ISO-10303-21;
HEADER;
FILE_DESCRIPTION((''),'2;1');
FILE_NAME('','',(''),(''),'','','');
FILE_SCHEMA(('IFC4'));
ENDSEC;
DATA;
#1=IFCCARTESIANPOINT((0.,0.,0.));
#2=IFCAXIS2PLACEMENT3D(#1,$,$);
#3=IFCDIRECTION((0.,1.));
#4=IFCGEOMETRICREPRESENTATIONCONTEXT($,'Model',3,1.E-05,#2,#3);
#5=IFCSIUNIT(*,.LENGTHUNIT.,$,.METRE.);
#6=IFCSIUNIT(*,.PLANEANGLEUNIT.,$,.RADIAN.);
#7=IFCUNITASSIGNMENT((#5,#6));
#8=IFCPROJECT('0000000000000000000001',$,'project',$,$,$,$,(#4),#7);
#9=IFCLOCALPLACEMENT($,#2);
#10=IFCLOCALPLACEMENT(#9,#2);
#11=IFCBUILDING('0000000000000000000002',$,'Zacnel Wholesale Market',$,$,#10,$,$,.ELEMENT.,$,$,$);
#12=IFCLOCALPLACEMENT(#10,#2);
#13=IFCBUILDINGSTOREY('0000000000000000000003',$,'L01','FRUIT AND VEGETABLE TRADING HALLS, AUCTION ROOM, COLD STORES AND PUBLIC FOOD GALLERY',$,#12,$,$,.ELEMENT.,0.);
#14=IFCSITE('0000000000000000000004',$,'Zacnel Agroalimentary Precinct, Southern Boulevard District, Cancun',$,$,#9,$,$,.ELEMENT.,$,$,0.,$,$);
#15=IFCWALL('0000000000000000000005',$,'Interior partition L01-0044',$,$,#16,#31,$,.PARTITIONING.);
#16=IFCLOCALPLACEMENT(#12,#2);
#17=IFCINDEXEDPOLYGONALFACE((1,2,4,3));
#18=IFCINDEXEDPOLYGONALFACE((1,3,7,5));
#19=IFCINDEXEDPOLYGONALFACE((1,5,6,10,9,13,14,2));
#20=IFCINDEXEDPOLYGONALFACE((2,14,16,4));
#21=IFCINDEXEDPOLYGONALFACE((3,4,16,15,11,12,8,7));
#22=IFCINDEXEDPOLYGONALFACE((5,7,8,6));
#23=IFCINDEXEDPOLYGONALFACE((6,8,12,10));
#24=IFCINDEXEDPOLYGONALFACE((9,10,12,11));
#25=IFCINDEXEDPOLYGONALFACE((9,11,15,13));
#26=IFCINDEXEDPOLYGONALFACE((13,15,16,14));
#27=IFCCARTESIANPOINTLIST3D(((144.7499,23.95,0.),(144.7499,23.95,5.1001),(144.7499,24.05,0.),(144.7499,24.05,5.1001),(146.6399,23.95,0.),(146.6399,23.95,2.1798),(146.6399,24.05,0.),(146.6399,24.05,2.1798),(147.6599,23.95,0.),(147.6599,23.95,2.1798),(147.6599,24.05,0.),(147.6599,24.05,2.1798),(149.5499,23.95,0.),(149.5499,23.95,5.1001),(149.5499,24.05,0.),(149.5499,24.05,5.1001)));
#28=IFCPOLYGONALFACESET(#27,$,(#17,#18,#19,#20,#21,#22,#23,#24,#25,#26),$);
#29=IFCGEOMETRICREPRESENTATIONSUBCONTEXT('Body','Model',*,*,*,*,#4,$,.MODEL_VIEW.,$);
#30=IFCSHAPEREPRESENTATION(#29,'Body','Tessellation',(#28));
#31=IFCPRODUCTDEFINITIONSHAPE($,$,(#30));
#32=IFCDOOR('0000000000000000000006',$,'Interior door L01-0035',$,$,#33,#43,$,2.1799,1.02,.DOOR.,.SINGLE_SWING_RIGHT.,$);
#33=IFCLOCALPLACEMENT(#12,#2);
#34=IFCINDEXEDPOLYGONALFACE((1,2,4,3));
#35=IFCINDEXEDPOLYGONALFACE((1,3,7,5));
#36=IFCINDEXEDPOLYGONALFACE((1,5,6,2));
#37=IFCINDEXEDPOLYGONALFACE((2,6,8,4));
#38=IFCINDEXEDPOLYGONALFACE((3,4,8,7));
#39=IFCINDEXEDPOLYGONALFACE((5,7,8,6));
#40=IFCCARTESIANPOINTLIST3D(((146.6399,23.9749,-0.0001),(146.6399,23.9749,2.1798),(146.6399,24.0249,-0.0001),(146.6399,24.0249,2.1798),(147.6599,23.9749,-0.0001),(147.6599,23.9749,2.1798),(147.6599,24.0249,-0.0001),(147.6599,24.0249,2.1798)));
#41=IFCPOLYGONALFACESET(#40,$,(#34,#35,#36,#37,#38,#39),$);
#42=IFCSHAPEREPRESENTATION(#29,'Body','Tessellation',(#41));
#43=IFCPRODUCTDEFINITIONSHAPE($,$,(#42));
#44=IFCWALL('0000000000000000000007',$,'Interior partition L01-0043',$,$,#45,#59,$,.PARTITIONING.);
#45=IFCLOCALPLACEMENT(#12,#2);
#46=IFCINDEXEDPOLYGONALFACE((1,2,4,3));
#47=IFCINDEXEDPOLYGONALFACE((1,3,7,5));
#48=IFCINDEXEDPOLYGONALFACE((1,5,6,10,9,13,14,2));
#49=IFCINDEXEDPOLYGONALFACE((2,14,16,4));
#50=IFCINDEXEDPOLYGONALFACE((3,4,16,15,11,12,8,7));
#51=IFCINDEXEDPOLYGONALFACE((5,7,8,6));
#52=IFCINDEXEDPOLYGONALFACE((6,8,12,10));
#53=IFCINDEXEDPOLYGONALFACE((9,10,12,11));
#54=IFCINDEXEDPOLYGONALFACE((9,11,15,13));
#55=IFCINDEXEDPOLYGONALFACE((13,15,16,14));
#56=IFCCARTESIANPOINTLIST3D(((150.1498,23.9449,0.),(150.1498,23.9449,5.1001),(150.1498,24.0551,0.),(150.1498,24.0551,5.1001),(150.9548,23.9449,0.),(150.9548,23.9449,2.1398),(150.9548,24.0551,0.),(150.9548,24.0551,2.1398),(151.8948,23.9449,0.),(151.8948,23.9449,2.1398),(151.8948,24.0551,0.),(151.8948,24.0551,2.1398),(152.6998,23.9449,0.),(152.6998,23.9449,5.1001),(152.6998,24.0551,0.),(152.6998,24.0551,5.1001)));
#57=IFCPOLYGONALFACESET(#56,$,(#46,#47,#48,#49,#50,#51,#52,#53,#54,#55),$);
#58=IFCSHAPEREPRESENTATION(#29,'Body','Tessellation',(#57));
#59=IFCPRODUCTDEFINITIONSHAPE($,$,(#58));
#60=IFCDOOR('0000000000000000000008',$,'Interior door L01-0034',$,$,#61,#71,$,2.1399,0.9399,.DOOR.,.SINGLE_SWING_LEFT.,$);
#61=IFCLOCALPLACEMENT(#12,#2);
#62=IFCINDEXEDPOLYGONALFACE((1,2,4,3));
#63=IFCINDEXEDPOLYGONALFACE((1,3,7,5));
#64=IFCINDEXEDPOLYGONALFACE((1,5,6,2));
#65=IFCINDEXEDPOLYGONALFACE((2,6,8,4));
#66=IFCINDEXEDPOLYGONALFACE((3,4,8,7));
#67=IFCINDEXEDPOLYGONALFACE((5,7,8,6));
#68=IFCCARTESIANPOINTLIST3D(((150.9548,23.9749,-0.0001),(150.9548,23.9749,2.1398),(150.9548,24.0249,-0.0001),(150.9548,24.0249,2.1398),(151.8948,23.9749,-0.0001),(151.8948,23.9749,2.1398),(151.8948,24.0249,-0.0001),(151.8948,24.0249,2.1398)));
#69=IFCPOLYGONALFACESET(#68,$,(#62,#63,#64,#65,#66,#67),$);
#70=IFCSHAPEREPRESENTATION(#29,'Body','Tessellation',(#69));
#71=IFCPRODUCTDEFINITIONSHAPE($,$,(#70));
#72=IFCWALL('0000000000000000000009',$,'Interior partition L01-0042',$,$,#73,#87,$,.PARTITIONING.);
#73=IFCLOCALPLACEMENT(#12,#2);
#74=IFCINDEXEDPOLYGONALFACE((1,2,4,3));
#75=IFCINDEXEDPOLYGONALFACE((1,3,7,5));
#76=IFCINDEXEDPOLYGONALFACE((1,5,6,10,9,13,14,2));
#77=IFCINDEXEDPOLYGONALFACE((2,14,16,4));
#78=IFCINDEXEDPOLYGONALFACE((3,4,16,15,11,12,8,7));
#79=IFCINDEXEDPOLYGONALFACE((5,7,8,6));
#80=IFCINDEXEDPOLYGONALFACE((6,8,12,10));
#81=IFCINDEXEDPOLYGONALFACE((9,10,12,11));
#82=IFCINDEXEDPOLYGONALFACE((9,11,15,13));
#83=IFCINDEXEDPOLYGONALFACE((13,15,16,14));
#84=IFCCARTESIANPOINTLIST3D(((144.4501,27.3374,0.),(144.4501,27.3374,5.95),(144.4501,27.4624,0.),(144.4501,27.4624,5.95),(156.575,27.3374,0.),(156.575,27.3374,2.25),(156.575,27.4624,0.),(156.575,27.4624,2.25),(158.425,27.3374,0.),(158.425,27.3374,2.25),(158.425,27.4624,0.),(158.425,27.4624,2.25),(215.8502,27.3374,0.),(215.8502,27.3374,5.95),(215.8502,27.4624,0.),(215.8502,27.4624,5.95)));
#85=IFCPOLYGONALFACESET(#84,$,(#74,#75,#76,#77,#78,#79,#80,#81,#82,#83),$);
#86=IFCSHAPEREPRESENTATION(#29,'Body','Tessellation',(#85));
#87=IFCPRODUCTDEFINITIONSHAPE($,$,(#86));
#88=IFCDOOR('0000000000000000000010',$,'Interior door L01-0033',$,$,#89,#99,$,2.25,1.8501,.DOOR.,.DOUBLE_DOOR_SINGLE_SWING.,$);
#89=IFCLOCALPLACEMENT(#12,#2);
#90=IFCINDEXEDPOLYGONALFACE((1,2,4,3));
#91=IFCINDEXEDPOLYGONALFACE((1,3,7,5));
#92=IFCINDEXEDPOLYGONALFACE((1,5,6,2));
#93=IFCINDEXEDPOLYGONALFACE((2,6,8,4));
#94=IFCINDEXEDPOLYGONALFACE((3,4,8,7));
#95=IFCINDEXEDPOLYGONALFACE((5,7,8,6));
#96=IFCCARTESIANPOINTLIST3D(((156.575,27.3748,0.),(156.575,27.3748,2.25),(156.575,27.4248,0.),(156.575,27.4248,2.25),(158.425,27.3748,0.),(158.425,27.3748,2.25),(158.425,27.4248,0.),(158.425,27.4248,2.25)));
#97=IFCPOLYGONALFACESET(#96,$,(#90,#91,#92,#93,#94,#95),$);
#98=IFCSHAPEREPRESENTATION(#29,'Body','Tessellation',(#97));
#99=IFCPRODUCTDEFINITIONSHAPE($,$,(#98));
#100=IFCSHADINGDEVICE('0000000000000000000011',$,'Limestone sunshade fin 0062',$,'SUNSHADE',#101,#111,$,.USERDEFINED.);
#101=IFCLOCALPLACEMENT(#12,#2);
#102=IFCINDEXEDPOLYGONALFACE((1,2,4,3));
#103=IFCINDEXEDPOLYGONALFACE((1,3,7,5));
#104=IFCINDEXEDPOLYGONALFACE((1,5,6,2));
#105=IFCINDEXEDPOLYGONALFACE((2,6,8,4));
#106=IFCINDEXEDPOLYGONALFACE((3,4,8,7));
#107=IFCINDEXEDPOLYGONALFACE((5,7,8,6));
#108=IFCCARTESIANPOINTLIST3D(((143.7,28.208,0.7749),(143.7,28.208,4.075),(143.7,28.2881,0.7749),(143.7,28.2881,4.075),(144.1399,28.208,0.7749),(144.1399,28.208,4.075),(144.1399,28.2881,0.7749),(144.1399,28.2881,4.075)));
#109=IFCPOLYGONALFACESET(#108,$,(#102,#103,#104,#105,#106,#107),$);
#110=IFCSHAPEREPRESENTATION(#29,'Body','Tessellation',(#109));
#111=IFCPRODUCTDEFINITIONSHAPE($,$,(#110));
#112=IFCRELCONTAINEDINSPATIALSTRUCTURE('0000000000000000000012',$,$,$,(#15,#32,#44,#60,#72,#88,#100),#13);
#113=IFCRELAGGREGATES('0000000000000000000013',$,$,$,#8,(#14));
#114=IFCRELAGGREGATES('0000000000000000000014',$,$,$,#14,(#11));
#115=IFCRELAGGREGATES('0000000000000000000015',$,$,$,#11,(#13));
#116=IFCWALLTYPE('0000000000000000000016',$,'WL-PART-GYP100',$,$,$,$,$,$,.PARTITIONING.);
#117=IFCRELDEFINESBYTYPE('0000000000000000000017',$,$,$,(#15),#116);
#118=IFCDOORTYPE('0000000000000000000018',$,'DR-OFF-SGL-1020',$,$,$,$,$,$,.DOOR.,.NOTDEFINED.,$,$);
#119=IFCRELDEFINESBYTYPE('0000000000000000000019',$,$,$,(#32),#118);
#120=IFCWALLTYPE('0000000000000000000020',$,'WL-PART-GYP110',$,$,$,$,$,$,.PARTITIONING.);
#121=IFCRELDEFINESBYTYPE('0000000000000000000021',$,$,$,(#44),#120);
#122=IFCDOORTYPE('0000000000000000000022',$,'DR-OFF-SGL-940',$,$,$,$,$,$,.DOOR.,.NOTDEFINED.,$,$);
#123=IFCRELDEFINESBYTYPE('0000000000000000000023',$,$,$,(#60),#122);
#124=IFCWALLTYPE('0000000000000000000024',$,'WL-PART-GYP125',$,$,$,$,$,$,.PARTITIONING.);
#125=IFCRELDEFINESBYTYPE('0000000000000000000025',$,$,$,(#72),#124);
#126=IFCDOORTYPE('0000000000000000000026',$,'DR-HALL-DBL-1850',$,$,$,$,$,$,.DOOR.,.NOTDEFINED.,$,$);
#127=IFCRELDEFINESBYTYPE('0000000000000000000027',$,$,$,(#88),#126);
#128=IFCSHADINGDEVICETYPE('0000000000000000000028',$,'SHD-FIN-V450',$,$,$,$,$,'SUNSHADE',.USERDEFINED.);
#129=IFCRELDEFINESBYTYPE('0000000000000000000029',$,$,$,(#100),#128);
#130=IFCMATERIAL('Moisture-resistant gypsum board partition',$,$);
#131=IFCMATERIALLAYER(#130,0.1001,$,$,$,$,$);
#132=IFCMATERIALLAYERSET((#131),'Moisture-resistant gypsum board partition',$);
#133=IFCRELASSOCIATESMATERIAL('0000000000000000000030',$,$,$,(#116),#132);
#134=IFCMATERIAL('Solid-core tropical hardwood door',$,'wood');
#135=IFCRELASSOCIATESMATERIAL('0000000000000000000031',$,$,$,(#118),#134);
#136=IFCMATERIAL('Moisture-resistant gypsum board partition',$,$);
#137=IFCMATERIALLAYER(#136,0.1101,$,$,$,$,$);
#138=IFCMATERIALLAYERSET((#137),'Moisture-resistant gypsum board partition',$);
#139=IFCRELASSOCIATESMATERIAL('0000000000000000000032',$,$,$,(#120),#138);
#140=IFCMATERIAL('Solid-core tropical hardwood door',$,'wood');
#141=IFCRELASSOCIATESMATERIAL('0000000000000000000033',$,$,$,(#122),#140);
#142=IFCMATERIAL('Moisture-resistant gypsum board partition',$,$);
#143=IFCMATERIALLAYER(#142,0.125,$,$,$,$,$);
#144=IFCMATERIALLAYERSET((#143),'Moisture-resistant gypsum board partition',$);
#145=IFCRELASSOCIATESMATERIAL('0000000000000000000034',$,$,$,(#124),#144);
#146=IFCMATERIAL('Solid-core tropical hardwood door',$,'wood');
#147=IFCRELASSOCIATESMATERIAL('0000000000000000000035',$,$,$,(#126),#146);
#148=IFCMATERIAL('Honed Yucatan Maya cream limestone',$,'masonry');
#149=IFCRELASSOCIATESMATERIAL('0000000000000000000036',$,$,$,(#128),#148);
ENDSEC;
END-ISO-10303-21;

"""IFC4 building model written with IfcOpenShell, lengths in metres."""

from ifc_helpers import new_model, si_unit, direction, frame, frame_2d, origin, origin_2d, place, context, subcontext, project, spatial, rectangle, extrude, material, layer, layer_set, type_object, element, fill, save


model = new_model("IFC4")

# Units and contexts
model_context = context("Model", 3, precision=1e-05, world=origin(), true_north=direction((0.0, 1.0)))
body_context = subcontext(model_context, "Body", "Model", "MODEL_VIEW")
ifc_project = project(units=[si_unit("LENGTHUNIT", "METRE"), si_unit("PLANEANGLEUNIT", "RADIAN")], contexts=[model_context])

# Site, building, storey
site_placement = place(None, origin())
site = spatial("IfcSite", under=ifc_project, at=site_placement, Name="Zacnel Agroalimentary Precinct, Southern Boulevard District, Cancun", CompositionType="ELEMENT", RefElevation=0.0)
building_placement = place(site_placement, origin())
building = spatial("IfcBuilding", under=site, at=building_placement, Name="Zacnel Wholesale Market", CompositionType="ELEMENT")
storey_placement = place(building_placement, origin())
storey = spatial("IfcBuildingStorey", under=building, at=storey_placement, Name="L01", Description="FRUIT AND VEGETABLE TRADING HALLS, AUCTION ROOM, COLD STORES AND PUBLIC FOOD GALLERY", CompositionType="ELEMENT", Elevation=0.0)

# Walls, openings, doors
ifc_material_1 = material(Name="Moisture-resistant gypsum board partition")
ifc_layer_1 = layer(ifc_material_1, 0.1001)
ifc_layer_set_1 = layer_set([ifc_layer_1], Name="Moisture-resistant gypsum board partition")
wall_type_1 = type_object("IfcWallType", Name="WL-PART-GYP100", PredefinedType="PARTITIONING", material=ifc_layer_set_1)
wall_1_placement = place(storey_placement, frame((144.75, 24.0, 0.0), z_axis=(0.0, 0.0, 1.0), x_axis=(1.0, 0.0, 0.0)))
wall_1 = element("IfcWall", 1, at=wall_1_placement, inside=storey, type_object=wall_type_1, Name="Interior partition L01-0044", PredefinedType="PARTITIONING", context=body_context, shape_type="SweptSolid", body=[
    extrude(rectangle(XDim=4.8, YDim=0.1001, at=frame_2d((2.3999, 0.0))), origin(), (0.0, 0.0, 1.0), 5.1001),
])
opening_1_placement = place(wall_1_placement, frame((1.8899, 0.0, 0.0)))
opening_1 = element("IfcOpeningElement", 2, at=opening_1_placement, cuts=wall_1, PredefinedType="OPENING", context=body_context, shape_type="SweptSolid", body=[
    extrude(rectangle(XDim=1.02, YDim=2.1799, at=frame_2d((0.51, 1.0898))), frame((0.0, 0.0601, 0.0), z_axis=(0.0, -1.0, 0.0), x_axis=(1.0, 0.0, 0.0)), (0.0, 0.0, 1.0), 0.1201),
])
ifc_material_2 = material(Name="Solid-core tropical hardwood door", Category="wood")
door_type_1 = type_object("IfcDoorType", Name="DR-OFF-SGL-1020", OperationType="NOTDEFINED", PredefinedType="DOOR", material=ifc_material_2)
door_1_placement = place(opening_1_placement, origin())
door_1 = element("IfcDoor", 3, at=door_1_placement, inside=storey, type_object=door_type_1, Name="Interior door L01-0035", OperationType="SINGLE_SWING_RIGHT", OverallHeight=2.1799, OverallWidth=1.02, PredefinedType="DOOR", context=body_context, shape_type="SweptSolid", body=[
    extrude(rectangle(XDim=1.02, YDim=2.1799, at=frame_2d((0.51, 1.0898))), frame((0.0, 0.0249, 0.0), z_axis=(0.0, -1.0, 0.0), x_axis=(1.0, 0.0, 0.0)), (0.0, 0.0, 1.0), 0.05),
])
fill(opening_1, door_1)
ifc_material_3 = material(Name="Moisture-resistant gypsum board partition")
ifc_layer_2 = layer(ifc_material_3, 0.1101)
ifc_layer_set_2 = layer_set([ifc_layer_2], Name="Moisture-resistant gypsum board partition")
wall_type_2 = type_object("IfcWallType", Name="WL-PART-GYP110", PredefinedType="PARTITIONING", material=ifc_layer_set_2)
wall_2_placement = place(storey_placement, frame((150.1499, 24.0, 0.0), z_axis=(0.0, 0.0, 1.0), x_axis=(1.0, 0.0, 0.0)))
wall_2 = element("IfcWall", 4, at=wall_2_placement, inside=storey, type_object=wall_type_2, Name="Interior partition L01-0043", PredefinedType="PARTITIONING", context=body_context, shape_type="SweptSolid", body=[
    extrude(rectangle(XDim=2.55, YDim=0.1101, at=frame_2d((1.2749, 0.0))), origin(), (0.0, 0.0, 1.0), 5.1001),
])
opening_2_placement = place(wall_2_placement, frame((0.8049, 0.0, 0.0)))
opening_2 = element("IfcOpeningElement", 5, at=opening_2_placement, cuts=wall_2, PredefinedType="OPENING", context=body_context, shape_type="SweptSolid", body=[
    extrude(rectangle(XDim=0.9399, YDim=2.1399, at=frame_2d((0.47, 1.0698))), frame((0.0, 0.0649, 0.0), z_axis=(0.0, -1.0, 0.0), x_axis=(1.0, 0.0, 0.0)), (0.0, 0.0, 1.0), 0.1301),
])
ifc_material_4 = material(Name="Solid-core tropical hardwood door", Category="wood")
door_type_2 = type_object("IfcDoorType", Name="DR-OFF-SGL-940", OperationType="NOTDEFINED", PredefinedType="DOOR", material=ifc_material_4)
door_2_placement = place(opening_2_placement, origin())
door_2 = element("IfcDoor", 6, at=door_2_placement, inside=storey, type_object=door_type_2, Name="Interior door L01-0034", OperationType="SINGLE_SWING_LEFT", OverallHeight=2.1399, OverallWidth=0.9399, PredefinedType="DOOR", context=body_context, shape_type="SweptSolid", body=[
    extrude(rectangle(XDim=0.9399, YDim=2.1399, at=frame_2d((0.47, 1.0698))), frame((0.0, 0.0249, 0.0), z_axis=(0.0, -1.0, 0.0), x_axis=(1.0, 0.0, 0.0)), (0.0, 0.0, 1.0), 0.05),
])
fill(opening_2, door_2)
ifc_material_5 = material(Name="Moisture-resistant gypsum board partition")
ifc_layer_3 = layer(ifc_material_5, 0.125)
ifc_layer_set_3 = layer_set([ifc_layer_3], Name="Moisture-resistant gypsum board partition")
wall_type_3 = type_object("IfcWallType", Name="WL-PART-GYP125", PredefinedType="PARTITIONING", material=ifc_layer_set_3)
wall_3_placement = place(storey_placement, frame((144.45, 27.3999, 0.0), z_axis=(0.0, 0.0, 1.0), x_axis=(1.0, 0.0, 0.0)))
wall_3 = element("IfcWall", 7, at=wall_3_placement, inside=storey, type_object=wall_type_3, Name="Interior partition L01-0042", PredefinedType="PARTITIONING", context=body_context, shape_type="SweptSolid", body=[
    extrude(rectangle(XDim=71.4001, YDim=0.125, at=frame_2d((35.7002, 0.0))), origin(), (0.0, 0.0, 1.0), 5.95),
])
opening_3_placement = place(wall_3_placement, frame((12.125, 0.0, 0.0)))
opening_3 = element("IfcOpeningElement", 8, at=opening_3_placement, cuts=wall_3, PredefinedType="OPENING", context=body_context, shape_type="SweptSolid", body=[
    extrude(rectangle(XDim=1.8501, YDim=2.25, at=frame_2d((0.925, 1.125))), frame((0.0, 0.0725, 0.0), z_axis=(0.0, -1.0, 0.0), x_axis=(1.0, 0.0, 0.0)), (0.0, 0.0, 1.0), 0.145),
])
ifc_material_6 = material(Name="Solid-core tropical hardwood door", Category="wood")
door_type_3 = type_object("IfcDoorType", Name="DR-HALL-DBL-1850", OperationType="NOTDEFINED", PredefinedType="DOOR", material=ifc_material_6)
door_3_placement = place(opening_3_placement, origin())
door_3 = element("IfcDoor", 9, at=door_3_placement, inside=storey, type_object=door_type_3, Name="Interior door L01-0033", OperationType="DOUBLE_DOOR_SINGLE_SWING", OverallHeight=2.25, OverallWidth=1.8501, PredefinedType="DOOR", context=body_context, shape_type="SweptSolid", body=[
    extrude(rectangle(XDim=1.8501, YDim=2.25, at=frame_2d((0.925, 1.125))), frame((0.0, 0.0249, 0.0), z_axis=(0.0, -1.0, 0.0), x_axis=(1.0, 0.0, 0.0)), (0.0, 0.0, 1.0), 0.05),
])
fill(opening_3, door_3)

# Shading device
ifc_material_7 = material(Name="Honed Yucatan Maya cream limestone", Category="masonry")
shading_device_type = type_object("IfcShadingDeviceType", Name="SHD-FIN-V450", ElementType="SUNSHADE", PredefinedType="USERDEFINED", material=ifc_material_7)
shading_device_placement = place(storey_placement, frame((143.9199, 28.248, 0.7749), z_axis=(0.0, 0.0, 1.0), x_axis=(0.0, 1.0, 0.0)))
element("IfcShadingDevice", 10, at=shading_device_placement, inside=storey, type_object=shading_device_type, Name="Limestone sunshade fin 0062", ObjectType="SUNSHADE", PredefinedType="USERDEFINED", context=body_context, shape_type="SweptSolid", body=[
    extrude(rectangle(XDim=0.0801, YDim=0.4399, at=origin_2d()), origin(), (0.0, 0.0, 1.0), 3.3),
])

save(model, "model.ifc")
